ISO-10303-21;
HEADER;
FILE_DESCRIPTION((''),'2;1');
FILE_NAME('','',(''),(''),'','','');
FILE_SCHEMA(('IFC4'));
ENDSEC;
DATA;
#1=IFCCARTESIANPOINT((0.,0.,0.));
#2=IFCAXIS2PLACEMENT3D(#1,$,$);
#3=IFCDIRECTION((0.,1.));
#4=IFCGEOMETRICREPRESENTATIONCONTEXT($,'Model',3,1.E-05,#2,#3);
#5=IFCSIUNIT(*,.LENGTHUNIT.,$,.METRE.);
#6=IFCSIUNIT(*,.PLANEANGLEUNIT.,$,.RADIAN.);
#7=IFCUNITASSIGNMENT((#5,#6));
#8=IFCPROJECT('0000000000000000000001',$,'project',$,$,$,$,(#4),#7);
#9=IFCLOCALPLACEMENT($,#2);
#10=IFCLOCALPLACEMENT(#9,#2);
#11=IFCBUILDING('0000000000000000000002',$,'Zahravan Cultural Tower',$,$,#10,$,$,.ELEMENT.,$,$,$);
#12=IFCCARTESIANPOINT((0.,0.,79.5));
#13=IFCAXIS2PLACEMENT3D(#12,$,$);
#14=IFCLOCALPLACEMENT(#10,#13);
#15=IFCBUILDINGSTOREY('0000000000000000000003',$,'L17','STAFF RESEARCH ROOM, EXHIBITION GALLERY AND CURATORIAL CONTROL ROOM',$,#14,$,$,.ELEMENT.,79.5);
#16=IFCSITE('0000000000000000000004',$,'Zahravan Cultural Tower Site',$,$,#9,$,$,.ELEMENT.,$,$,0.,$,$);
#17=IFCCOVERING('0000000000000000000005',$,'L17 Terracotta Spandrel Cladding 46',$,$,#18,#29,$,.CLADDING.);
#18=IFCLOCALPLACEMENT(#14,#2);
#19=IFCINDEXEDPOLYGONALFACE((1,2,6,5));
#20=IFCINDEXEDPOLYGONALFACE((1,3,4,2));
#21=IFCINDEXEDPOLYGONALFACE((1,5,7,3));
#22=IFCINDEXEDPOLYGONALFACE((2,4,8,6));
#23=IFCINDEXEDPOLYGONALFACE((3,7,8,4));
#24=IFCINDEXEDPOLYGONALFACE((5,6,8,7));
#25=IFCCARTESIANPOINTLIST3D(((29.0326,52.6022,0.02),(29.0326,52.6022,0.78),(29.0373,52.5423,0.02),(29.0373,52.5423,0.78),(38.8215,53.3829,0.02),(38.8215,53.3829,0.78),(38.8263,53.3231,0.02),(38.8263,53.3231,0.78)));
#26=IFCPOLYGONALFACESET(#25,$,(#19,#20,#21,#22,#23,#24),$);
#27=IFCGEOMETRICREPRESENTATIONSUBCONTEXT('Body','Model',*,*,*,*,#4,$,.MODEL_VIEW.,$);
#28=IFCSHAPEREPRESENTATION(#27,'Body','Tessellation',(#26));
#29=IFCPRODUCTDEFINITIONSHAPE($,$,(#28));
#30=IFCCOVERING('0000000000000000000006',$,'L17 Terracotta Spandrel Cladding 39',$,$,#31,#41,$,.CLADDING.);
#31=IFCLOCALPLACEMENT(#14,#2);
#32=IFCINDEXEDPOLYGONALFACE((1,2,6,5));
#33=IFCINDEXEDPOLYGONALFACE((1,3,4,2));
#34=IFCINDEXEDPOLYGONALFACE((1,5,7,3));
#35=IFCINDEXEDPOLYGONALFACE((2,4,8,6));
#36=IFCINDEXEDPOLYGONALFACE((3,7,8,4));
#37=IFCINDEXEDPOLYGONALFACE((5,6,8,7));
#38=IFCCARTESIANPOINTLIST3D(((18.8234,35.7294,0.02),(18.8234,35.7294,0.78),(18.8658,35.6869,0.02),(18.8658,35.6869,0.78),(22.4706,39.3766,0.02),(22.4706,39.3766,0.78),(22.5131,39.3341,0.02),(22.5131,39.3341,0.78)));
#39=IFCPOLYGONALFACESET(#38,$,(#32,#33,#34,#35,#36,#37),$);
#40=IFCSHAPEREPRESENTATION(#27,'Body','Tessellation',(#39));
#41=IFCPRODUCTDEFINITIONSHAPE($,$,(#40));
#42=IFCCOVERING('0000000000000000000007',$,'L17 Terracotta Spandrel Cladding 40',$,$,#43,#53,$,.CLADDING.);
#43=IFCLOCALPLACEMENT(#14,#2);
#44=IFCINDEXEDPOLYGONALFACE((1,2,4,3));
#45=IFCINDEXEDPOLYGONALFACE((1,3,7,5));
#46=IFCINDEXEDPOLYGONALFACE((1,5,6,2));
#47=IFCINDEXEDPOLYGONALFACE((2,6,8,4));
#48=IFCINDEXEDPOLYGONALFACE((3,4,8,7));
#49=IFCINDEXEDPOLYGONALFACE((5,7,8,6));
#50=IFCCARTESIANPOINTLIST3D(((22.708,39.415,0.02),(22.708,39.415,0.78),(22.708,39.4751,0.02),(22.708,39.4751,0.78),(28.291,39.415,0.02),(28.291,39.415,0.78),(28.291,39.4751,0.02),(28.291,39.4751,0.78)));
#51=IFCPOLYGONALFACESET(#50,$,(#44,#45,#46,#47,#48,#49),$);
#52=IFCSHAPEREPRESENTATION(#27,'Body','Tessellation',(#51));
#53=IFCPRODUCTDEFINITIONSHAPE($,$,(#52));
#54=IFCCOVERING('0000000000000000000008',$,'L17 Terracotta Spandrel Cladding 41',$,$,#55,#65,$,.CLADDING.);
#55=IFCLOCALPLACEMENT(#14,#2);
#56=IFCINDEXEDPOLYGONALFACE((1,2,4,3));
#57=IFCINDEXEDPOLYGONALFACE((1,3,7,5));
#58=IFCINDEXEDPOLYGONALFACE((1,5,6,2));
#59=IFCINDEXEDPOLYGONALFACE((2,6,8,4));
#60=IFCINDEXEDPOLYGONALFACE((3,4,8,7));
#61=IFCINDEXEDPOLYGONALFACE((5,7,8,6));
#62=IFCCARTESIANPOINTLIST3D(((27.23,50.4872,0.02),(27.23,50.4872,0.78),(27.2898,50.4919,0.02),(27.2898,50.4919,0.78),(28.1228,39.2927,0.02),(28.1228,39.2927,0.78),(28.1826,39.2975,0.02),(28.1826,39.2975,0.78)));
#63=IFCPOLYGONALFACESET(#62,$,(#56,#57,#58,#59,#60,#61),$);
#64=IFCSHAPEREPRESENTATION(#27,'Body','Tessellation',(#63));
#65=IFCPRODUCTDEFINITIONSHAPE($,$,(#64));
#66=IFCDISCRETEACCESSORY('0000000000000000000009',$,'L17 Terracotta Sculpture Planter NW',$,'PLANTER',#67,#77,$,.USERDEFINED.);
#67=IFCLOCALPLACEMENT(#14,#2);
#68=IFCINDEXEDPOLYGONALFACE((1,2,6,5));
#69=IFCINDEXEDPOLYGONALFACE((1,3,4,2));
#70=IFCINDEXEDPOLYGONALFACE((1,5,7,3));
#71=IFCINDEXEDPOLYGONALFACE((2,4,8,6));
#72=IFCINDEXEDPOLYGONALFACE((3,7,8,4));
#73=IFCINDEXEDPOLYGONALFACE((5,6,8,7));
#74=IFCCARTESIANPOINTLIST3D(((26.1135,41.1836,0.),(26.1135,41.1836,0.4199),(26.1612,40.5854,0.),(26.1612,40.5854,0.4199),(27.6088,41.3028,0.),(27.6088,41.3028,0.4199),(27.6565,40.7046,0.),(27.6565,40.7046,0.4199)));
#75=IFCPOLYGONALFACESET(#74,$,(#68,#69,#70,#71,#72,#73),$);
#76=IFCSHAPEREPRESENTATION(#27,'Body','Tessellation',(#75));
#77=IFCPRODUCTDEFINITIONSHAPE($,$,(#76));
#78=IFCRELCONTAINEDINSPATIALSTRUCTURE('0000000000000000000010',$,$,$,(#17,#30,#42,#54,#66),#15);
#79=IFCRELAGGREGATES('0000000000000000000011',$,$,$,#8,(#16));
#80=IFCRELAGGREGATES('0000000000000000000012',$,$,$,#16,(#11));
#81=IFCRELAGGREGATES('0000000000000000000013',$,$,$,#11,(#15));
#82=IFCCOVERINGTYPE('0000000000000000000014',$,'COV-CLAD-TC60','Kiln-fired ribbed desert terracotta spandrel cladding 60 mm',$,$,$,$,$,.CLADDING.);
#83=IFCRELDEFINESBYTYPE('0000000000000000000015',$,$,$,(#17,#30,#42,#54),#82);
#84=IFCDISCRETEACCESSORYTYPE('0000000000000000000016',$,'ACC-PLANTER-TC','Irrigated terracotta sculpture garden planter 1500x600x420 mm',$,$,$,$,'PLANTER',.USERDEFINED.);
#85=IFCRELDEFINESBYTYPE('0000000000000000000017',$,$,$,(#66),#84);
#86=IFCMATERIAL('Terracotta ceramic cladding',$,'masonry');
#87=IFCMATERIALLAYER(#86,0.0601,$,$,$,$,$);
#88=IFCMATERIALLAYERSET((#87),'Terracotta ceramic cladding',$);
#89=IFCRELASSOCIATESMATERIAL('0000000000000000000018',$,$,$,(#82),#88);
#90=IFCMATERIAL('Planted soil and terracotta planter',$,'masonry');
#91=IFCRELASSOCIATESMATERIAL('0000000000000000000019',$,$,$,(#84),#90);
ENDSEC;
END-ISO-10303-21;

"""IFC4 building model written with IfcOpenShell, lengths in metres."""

from ifc_helpers import new_model, si_unit, direction, frame, origin, origin_2d, place, context, subcontext, project, spatial, rectangle, extrude, source, transform, mapped, material, layer, layer_set, type_object, element, save


model = new_model("IFC4")

# Units and contexts
model_context = context("Model", 3, precision=1e-05, world=origin(), true_north=direction((0.0, 1.0)))
body_context = subcontext(model_context, "Body", "Model", "MODEL_VIEW")
ifc_project = project(units=[si_unit("LENGTHUNIT", "METRE"), si_unit("PLANEANGLEUNIT", "RADIAN")], contexts=[model_context])

# Site, building, storey
site_placement = place(None, origin())
site = spatial("IfcSite", under=ifc_project, at=site_placement, Name="Zahravan Cultural Tower Site", CompositionType="ELEMENT", RefElevation=0.0)
building_placement = place(site_placement, origin())
building = spatial("IfcBuilding", under=site, at=building_placement, Name="Zahravan Cultural Tower", CompositionType="ELEMENT")
storey_placement = place(building_placement, frame((0.0, 0.0, 79.5)))
storey = spatial("IfcBuildingStorey", under=building, at=storey_placement, Name="L17", Description="STAFF RESEARCH ROOM, EXHIBITION GALLERY AND CURATORIAL CONTROL ROOM", CompositionType="ELEMENT", Elevation=79.5)

# Coverings
ifc_material_1 = material(Name="Terracotta ceramic cladding", Category="masonry")
ifc_layer_1 = layer(ifc_material_1, 0.0601)
ifc_layer_set_1 = layer_set([ifc_layer_1], Name="Terracotta ceramic cladding")
covering_type = type_object("IfcCoveringType", Name="COV-CLAD-TC60", Description="Kiln-fired ribbed desert terracotta spandrel cladding 60 mm", PredefinedType="CLADDING", material=ifc_layer_set_1)
shared_shape_1 = source(origin(), body_context, "Body", "SweptSolid", [
    extrude(rectangle(XDim=9.8201, YDim=0.0601, at=origin_2d()), origin(), (0.0, 0.0, 1.0), 0.76),
])
covering_1_placement = place(storey_placement, frame((33.9294, 52.9626, 0.02), z_axis=(0.0, 0.0, 1.0), x_axis=(0.996835, 0.079503, 0.0)))
element("IfcCovering", 1, at=covering_1_placement, inside=storey, type_object=covering_type, Name="L17 Terracotta Spandrel Cladding 46", PredefinedType="CLADDING", context=body_context, shape_type="MappedRepresentation", body=[
    mapped(shared_shape_1, transform((0.0, 0.0, 0.0), x_axis=(1.0, 0.0, 0.0), y_axis=(0.0, 1.0, 0.0), z_axis=(0.0, 0.0, 1.0), scale=1.0)),
])
shared_shape_2 = source(origin(), body_context, "Body", "SweptSolid", [
    extrude(rectangle(XDim=5.158, YDim=0.0601, at=origin_2d()), origin(), (0.0, 0.0, 1.0), 0.76),
])
covering_2_placement = place(storey_placement, frame((20.6682, 37.5317, 0.02), z_axis=(0.0, 0.0, 1.0), x_axis=(0.707107, 0.707107, 0.0)))
element("IfcCovering", 2, at=covering_2_placement, inside=storey, type_object=covering_type, Name="L17 Terracotta Spandrel Cladding 39", PredefinedType="CLADDING", context=body_context, shape_type="MappedRepresentation", body=[
    mapped(shared_shape_2, transform((0.0, 0.0, 0.0), x_axis=(1.0, 0.0, 0.0), y_axis=(0.0, 1.0, 0.0), z_axis=(0.0, 0.0, 1.0), scale=1.0)),
])
shared_shape_3 = source(origin(), body_context, "Body", "SweptSolid", [
    extrude(rectangle(XDim=5.583, YDim=0.0601, at=origin_2d()), origin(), (0.0, 0.0, 1.0), 0.76),
])
covering_3_placement = place(storey_placement, frame((25.4995, 39.4451, 0.02), z_axis=(0.0, 0.0, 1.0), x_axis=(1.0, 0.0, 0.0)))
element("IfcCovering", 3, at=covering_3_placement, inside=storey, type_object=covering_type, Name="L17 Terracotta Spandrel Cladding 40", PredefinedType="CLADDING", context=body_context, shape_type="MappedRepresentation", body=[
    mapped(shared_shape_3, transform((0.0, 0.0, 0.0), x_axis=(1.0, 0.0, 0.0), y_axis=(0.0, 1.0, 0.0), z_axis=(0.0, 0.0, 1.0), scale=1.0)),
])
shared_shape_4 = source(origin(), body_context, "Body", "SweptSolid", [
    extrude(rectangle(XDim=11.23, YDim=0.0601, at=origin_2d()), origin(), (0.0, 0.0, 1.0), 0.76),
])
covering_4_placement = place(storey_placement, frame((27.7063, 44.8923, 0.02), z_axis=(0.0, 0.0, 1.0), x_axis=(-0.079503, 0.996835, 0.0)))
element("IfcCovering", 4, at=covering_4_placement, inside=storey, type_object=covering_type, Name="L17 Terracotta Spandrel Cladding 41", PredefinedType="CLADDING", context=body_context, shape_type="MappedRepresentation", body=[
    mapped(shared_shape_4, transform((0.0, 0.0, 0.0), x_axis=(1.0, 0.0, 0.0), y_axis=(0.0, 1.0, 0.0), z_axis=(0.0, 0.0, 1.0), scale=1.0)),
])

# Discrete accessory
ifc_material_2 = material(Name="Planted soil and terracotta planter", Category="masonry")
discrete_accessory_type = type_object("IfcDiscreteAccessoryType", Name="ACC-PLANTER-TC", Description="Irrigated terracotta sculpture garden planter 1500x600x420 mm", ElementType="PLANTER", PredefinedType="USERDEFINED", material=ifc_material_2)
shared_shape_5 = source(origin(), body_context, "Body", "SweptSolid", [
    extrude(rectangle(XDim=1.5, YDim=0.6001, at=origin_2d()), origin(), (0.0, 0.0, 1.0), 0.4199),
])
discrete_accessory_placement = place(storey_placement, frame((26.885, 40.9441, 0.0), z_axis=(0.0, 0.0, 1.0), x_axis=(0.996835, 0.079503, 0.0)))
element("IfcDiscreteAccessory", 5, at=discrete_accessory_placement, inside=storey, type_object=discrete_accessory_type, Name="L17 Terracotta Sculpture Planter NW", ObjectType="PLANTER", PredefinedType="USERDEFINED", context=body_context, shape_type="MappedRepresentation", body=[
    mapped(shared_shape_5, transform((0.0, 0.0, 0.0), x_axis=(1.0, 0.0, 0.0), y_axis=(0.0, 1.0, 0.0), z_axis=(0.0, 0.0, 1.0), scale=1.0)),
])

save(model, "model.ifc")
